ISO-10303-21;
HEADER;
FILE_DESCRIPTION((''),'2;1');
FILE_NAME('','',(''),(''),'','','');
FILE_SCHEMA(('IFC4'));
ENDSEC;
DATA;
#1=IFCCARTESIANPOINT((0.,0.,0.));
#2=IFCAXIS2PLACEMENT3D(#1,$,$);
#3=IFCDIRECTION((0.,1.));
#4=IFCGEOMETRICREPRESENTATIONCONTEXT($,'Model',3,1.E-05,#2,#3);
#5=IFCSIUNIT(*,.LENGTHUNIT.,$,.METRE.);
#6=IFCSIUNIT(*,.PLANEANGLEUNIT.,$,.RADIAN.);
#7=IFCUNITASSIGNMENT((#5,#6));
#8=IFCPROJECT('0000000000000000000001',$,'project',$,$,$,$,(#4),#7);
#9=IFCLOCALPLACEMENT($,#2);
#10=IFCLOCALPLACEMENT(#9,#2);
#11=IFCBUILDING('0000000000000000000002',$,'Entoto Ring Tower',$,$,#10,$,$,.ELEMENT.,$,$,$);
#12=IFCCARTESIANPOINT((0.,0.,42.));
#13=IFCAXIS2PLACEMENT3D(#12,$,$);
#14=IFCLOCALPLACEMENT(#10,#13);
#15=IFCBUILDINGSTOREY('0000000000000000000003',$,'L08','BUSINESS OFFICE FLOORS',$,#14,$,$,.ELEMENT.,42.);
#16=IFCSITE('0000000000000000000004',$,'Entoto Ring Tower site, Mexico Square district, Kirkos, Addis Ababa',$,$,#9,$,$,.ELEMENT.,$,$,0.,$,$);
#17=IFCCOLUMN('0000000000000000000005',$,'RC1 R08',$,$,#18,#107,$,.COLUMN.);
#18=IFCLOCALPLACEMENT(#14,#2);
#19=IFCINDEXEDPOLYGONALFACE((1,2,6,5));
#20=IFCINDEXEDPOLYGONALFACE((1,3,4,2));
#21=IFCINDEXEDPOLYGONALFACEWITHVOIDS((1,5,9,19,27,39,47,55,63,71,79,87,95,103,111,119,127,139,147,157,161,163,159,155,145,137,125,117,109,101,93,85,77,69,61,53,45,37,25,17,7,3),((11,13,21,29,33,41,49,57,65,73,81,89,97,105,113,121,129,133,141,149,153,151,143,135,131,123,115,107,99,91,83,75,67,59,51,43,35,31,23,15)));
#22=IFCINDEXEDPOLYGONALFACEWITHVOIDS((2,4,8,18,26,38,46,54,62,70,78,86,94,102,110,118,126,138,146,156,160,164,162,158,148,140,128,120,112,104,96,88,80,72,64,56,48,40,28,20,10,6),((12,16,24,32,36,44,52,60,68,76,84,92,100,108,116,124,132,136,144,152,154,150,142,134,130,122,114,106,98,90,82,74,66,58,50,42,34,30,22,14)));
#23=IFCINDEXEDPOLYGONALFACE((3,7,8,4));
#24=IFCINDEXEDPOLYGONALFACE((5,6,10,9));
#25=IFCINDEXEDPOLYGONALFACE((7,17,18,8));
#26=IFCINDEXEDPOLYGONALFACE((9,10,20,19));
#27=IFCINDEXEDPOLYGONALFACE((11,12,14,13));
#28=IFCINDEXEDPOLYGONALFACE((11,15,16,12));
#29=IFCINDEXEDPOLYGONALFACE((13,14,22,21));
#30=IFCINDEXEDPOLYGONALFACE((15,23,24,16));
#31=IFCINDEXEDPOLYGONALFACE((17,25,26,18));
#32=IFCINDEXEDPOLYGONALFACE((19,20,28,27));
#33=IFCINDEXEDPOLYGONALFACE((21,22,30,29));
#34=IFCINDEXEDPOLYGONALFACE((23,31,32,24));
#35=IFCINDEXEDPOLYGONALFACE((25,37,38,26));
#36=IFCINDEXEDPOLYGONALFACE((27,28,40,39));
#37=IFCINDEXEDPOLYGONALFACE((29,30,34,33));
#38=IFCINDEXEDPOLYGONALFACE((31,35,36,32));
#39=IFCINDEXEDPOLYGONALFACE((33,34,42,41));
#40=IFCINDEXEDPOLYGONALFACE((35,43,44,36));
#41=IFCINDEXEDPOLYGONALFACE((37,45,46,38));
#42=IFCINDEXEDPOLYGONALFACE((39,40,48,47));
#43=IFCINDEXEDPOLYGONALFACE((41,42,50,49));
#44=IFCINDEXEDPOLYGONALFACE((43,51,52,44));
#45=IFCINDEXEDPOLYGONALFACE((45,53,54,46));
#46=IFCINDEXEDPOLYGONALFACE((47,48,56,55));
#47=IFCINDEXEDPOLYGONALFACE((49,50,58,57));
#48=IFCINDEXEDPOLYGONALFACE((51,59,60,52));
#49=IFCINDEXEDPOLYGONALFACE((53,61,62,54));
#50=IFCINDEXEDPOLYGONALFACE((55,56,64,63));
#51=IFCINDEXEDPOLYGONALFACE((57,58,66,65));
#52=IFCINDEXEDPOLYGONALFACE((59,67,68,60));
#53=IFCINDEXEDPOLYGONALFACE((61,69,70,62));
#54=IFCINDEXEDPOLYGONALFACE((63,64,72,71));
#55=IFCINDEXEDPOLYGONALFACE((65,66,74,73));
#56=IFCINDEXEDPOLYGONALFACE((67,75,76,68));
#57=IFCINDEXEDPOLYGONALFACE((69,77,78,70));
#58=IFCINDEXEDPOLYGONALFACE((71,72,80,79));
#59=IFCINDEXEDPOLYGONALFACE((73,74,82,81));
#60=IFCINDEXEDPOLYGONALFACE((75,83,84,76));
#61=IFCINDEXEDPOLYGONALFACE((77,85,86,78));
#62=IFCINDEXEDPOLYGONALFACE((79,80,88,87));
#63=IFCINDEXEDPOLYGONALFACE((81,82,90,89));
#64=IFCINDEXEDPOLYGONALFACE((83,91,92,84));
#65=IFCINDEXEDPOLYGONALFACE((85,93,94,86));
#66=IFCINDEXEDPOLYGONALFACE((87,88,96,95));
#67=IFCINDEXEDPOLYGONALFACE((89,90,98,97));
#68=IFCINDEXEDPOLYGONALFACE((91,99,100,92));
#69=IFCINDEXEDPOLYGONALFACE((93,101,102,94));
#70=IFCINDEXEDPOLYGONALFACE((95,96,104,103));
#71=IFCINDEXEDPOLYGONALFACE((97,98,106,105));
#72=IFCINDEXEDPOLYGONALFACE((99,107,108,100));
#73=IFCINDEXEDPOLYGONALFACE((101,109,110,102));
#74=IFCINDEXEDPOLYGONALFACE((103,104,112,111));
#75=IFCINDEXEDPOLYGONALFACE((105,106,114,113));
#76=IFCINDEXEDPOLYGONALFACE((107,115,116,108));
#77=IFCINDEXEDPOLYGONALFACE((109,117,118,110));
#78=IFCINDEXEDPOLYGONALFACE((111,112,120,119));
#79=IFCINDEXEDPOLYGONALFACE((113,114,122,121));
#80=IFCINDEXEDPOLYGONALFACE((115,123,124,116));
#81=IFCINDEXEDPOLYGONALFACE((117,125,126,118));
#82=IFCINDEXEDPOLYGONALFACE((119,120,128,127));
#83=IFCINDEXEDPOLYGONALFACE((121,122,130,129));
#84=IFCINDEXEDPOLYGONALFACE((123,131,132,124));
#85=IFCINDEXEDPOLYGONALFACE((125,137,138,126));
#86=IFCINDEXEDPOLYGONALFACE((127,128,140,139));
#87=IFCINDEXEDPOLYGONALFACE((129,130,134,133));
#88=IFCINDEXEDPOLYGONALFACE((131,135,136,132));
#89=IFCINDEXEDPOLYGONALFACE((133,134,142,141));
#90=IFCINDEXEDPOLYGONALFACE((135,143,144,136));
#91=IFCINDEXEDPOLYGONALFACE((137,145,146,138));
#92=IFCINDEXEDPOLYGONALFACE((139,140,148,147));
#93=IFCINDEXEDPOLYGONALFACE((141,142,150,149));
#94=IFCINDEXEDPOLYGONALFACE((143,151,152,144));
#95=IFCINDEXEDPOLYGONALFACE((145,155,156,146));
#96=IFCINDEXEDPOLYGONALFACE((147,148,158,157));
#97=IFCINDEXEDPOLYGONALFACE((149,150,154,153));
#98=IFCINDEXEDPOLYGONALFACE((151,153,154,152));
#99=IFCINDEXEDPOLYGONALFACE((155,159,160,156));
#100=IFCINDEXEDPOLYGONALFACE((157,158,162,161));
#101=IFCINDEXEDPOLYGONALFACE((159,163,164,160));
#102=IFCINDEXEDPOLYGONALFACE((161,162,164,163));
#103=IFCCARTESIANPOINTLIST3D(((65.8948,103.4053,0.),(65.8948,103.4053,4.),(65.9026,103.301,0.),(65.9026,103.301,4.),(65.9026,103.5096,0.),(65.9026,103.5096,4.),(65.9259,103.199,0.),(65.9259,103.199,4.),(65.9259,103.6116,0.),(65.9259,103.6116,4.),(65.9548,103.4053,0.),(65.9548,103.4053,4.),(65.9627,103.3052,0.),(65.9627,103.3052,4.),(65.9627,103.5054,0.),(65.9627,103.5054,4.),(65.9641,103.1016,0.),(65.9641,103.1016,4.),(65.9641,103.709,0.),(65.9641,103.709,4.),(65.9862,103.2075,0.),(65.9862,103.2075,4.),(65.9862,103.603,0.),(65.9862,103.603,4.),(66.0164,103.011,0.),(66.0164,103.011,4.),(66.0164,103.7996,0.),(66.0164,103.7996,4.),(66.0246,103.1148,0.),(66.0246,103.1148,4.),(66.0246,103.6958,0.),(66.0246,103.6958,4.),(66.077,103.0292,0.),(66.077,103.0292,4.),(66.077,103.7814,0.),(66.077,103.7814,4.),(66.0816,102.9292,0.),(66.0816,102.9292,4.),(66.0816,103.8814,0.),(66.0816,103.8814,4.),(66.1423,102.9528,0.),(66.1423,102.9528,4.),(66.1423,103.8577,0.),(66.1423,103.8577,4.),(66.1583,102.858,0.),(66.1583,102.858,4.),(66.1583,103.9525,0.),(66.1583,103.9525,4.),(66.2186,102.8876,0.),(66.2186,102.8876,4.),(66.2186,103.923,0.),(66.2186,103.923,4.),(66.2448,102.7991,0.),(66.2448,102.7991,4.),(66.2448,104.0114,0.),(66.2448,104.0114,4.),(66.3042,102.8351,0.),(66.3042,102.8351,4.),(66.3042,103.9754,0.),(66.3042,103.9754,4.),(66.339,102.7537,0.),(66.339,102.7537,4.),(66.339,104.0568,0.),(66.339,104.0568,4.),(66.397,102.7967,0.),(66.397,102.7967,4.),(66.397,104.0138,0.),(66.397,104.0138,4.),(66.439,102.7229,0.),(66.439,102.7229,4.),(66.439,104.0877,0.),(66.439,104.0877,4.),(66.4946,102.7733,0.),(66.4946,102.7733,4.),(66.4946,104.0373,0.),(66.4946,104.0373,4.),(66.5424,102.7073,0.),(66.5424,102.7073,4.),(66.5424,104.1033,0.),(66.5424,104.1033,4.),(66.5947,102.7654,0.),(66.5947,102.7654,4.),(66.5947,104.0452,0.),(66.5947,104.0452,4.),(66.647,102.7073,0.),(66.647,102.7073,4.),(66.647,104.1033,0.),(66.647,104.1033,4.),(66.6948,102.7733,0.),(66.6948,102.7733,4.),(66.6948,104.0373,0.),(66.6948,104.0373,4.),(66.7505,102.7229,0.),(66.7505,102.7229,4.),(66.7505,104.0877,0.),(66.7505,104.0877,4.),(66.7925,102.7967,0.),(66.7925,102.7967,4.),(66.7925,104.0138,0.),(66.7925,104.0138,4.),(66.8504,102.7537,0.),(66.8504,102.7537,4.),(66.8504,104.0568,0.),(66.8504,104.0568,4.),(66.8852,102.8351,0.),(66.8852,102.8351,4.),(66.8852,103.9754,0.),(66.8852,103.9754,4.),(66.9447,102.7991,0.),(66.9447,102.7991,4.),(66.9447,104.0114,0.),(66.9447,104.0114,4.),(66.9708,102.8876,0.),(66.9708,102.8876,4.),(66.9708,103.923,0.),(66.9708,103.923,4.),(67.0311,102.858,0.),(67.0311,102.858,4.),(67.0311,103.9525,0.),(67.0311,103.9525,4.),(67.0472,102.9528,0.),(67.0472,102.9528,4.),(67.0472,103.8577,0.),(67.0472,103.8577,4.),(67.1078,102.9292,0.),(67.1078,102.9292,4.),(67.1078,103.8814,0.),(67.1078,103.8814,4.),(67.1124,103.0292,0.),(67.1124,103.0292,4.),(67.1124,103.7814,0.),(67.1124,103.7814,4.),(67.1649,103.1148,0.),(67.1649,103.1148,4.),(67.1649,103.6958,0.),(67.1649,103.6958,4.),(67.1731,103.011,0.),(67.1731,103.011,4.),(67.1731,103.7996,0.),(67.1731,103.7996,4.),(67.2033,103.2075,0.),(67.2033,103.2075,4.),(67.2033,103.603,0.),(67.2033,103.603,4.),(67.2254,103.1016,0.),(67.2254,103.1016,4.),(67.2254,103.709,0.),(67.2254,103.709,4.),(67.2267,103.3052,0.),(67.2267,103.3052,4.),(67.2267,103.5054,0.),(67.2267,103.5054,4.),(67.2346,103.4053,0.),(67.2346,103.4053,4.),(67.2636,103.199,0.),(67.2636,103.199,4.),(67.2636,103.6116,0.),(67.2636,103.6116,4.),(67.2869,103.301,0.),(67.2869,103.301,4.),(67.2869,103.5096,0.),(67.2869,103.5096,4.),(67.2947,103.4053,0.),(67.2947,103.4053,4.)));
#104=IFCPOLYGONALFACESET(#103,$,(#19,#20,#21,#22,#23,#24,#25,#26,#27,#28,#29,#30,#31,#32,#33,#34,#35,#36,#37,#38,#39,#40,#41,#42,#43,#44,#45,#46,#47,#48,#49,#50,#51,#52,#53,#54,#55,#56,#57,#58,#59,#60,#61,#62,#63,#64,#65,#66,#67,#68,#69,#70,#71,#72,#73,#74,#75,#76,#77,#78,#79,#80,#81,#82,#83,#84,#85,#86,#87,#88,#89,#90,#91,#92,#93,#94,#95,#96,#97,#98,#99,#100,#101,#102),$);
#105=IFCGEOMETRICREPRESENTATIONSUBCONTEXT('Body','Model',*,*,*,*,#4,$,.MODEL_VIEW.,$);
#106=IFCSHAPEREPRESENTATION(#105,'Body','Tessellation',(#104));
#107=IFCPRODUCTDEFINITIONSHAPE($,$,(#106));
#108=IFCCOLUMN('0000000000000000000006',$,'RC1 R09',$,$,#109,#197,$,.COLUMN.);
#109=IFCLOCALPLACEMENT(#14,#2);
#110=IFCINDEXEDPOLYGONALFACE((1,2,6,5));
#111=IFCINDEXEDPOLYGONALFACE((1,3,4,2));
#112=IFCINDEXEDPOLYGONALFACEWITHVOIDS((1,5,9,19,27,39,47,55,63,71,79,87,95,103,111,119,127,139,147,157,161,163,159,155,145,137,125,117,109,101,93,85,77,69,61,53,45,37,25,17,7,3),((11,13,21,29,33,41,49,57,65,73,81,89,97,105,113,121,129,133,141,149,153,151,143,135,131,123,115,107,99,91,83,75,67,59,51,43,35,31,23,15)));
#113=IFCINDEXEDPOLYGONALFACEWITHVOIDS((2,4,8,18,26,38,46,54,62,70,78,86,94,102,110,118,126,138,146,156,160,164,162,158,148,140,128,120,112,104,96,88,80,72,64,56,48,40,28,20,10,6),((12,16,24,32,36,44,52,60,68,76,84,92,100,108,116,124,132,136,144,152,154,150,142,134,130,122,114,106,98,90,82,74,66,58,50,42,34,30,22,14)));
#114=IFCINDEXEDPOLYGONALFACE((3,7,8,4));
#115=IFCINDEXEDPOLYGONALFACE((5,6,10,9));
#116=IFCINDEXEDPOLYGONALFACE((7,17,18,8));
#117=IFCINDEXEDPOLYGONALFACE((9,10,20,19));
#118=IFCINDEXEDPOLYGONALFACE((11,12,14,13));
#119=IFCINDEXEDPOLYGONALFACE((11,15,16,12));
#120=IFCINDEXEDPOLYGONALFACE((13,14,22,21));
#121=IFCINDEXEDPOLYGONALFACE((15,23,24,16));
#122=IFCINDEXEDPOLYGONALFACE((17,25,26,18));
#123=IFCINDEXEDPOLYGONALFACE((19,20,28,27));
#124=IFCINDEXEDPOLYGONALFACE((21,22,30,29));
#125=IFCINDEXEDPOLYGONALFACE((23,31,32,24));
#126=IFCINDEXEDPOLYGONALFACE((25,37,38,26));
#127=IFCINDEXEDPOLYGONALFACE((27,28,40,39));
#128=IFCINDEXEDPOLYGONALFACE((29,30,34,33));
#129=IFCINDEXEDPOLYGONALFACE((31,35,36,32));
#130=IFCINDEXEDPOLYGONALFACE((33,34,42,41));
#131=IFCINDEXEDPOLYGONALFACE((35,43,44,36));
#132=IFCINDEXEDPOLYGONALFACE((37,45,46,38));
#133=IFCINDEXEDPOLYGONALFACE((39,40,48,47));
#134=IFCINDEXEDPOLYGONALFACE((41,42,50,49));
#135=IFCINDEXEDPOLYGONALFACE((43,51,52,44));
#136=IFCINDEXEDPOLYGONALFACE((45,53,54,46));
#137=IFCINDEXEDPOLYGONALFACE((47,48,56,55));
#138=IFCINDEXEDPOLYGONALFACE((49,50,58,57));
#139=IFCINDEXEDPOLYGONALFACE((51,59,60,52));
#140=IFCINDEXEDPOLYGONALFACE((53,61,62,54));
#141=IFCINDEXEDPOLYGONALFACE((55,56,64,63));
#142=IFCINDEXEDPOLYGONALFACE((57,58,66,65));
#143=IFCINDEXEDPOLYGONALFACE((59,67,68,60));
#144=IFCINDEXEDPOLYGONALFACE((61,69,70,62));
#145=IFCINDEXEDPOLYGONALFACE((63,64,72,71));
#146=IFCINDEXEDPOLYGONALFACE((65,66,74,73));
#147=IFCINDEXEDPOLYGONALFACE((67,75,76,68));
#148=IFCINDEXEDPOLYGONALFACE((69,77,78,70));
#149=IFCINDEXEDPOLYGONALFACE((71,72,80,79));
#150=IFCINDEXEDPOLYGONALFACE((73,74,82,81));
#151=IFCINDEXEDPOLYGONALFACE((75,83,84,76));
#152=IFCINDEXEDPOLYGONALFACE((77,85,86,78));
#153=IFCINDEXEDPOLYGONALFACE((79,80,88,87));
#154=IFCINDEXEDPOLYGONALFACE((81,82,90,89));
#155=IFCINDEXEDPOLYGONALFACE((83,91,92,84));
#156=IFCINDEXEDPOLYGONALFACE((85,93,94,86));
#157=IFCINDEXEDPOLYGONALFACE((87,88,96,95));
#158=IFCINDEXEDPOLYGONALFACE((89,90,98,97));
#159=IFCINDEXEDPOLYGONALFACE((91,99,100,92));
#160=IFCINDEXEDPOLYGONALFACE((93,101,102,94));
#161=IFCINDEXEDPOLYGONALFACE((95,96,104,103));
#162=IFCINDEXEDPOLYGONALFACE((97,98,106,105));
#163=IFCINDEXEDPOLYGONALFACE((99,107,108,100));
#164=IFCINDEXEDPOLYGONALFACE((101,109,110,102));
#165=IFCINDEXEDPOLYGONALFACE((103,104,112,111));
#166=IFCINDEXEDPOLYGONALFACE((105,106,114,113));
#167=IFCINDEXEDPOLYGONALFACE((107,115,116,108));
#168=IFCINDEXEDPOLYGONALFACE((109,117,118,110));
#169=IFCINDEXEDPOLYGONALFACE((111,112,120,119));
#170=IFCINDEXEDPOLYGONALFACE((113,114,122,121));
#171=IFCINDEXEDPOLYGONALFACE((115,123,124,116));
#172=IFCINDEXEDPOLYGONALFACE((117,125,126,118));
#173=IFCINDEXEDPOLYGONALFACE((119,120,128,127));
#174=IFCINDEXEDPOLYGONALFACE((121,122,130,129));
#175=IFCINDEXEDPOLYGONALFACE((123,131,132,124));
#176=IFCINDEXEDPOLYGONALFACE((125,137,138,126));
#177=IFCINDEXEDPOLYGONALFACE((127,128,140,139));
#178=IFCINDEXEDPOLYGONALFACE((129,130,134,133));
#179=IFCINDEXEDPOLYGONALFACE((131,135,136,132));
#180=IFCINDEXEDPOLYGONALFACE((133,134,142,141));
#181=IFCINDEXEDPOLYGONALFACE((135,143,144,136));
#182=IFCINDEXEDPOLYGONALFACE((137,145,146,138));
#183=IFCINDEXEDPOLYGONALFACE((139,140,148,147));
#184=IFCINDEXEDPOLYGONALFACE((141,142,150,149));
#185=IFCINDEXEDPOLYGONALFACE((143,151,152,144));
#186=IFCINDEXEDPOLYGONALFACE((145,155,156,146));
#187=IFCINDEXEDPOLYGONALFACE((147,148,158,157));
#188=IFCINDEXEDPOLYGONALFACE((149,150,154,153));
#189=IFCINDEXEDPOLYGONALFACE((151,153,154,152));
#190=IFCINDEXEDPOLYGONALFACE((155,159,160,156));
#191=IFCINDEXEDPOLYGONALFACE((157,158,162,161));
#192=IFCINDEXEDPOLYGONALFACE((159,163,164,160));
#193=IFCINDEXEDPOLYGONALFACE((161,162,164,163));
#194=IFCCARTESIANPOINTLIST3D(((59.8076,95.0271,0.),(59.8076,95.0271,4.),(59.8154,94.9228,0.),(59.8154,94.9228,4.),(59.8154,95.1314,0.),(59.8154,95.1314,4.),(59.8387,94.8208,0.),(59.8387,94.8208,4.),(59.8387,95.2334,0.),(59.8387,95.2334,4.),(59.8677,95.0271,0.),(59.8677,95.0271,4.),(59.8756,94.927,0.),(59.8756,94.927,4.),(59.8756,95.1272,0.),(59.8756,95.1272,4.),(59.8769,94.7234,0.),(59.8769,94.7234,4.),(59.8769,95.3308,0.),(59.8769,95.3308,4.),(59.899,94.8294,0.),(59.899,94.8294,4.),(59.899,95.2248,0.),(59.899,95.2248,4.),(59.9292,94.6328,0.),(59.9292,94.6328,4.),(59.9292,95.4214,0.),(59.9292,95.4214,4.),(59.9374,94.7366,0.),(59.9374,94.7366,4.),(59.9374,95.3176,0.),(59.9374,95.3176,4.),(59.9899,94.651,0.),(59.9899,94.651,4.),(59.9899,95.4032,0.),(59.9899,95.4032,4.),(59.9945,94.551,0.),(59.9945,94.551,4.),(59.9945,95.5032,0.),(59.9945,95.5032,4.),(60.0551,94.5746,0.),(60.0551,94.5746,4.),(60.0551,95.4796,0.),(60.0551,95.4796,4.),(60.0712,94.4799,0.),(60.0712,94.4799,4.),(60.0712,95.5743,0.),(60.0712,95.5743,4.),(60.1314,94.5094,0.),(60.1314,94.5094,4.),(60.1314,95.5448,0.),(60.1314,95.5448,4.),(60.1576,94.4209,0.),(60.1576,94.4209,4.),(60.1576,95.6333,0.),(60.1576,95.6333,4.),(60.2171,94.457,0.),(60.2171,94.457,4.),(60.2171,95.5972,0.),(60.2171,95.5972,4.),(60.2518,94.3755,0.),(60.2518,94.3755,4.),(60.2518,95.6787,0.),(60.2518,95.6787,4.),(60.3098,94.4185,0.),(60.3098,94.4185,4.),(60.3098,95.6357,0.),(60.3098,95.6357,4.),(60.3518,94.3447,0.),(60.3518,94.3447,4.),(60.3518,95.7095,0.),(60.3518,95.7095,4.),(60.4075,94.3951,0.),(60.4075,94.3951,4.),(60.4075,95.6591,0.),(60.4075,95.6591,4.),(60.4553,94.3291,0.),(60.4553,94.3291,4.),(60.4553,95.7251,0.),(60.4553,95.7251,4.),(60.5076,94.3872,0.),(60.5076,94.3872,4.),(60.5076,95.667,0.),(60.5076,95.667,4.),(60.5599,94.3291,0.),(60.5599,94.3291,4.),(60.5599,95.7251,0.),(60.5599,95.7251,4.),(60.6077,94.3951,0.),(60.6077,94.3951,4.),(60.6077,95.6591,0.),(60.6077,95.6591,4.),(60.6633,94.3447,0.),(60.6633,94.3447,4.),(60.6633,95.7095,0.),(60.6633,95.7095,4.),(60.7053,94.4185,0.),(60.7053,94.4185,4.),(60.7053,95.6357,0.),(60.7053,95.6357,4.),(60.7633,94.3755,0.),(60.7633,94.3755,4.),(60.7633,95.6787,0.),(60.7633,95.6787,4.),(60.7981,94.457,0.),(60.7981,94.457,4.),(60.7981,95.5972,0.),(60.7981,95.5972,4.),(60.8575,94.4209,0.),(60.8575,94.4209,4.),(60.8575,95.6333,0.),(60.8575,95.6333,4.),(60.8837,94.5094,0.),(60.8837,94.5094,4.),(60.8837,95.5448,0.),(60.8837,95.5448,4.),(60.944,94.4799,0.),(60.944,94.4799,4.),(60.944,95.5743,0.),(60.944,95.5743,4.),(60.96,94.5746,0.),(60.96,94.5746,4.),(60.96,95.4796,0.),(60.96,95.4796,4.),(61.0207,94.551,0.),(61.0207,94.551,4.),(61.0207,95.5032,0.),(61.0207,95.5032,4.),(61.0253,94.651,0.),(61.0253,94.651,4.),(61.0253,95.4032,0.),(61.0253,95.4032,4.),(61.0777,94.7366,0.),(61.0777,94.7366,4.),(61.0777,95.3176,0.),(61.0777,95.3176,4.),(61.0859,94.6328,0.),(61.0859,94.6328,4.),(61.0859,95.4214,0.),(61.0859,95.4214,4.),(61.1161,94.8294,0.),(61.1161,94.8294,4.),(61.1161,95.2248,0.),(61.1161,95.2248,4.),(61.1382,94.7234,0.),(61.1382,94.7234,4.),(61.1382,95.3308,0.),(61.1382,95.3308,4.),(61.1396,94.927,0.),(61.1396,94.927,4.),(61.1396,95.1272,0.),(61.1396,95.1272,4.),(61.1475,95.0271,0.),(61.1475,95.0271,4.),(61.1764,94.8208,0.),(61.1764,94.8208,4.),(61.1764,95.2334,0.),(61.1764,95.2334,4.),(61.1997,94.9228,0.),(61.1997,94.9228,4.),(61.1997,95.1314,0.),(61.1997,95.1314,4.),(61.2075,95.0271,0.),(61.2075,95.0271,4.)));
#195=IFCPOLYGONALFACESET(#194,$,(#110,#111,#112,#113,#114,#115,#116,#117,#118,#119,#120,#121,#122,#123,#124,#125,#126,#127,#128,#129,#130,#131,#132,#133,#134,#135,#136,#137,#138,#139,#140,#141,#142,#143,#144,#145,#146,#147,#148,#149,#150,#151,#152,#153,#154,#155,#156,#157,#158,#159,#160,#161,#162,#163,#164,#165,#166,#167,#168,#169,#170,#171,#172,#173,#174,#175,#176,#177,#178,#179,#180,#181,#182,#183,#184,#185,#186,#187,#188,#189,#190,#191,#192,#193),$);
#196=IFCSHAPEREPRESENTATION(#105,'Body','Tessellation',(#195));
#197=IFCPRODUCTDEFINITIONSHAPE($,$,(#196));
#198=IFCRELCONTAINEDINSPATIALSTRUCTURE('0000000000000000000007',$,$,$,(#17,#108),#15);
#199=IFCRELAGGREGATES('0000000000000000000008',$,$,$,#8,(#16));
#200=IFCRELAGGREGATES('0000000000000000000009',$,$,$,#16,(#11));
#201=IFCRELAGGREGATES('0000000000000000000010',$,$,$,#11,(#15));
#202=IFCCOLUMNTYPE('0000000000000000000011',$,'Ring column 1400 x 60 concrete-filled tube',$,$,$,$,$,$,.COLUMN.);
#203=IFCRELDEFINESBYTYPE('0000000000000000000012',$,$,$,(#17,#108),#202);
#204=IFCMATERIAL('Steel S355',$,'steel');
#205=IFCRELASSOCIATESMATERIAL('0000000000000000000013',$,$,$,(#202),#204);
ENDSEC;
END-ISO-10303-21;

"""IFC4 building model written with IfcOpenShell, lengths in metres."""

from ifc_helpers import new_model, si_unit, direction, frame, origin, origin_2d, place, context, subcontext, project, spatial, circle, hollow_circle, extrude, material, material_profile, profile_set, type_object, element, save


model = new_model("IFC4")

# Units and contexts
model_context = context("Model", 3, precision=1e-05, world=origin(), true_north=direction((0.0, 1.0)))
body_context = subcontext(model_context, "Body", "Model", "MODEL_VIEW")
ifc_project = project(units=[si_unit("LENGTHUNIT", "METRE"), si_unit("PLANEANGLEUNIT", "RADIAN")], contexts=[model_context])

# Site, building, storey
site_placement = place(None, origin())
site = spatial("IfcSite", under=ifc_project, at=site_placement, Name="Entoto Ring Tower site, Mexico Square district, Kirkos, Addis Ababa", CompositionType="ELEMENT", RefElevation=0.0)
building_placement = place(site_placement, origin())
building = spatial("IfcBuilding", under=site, at=building_placement, Name="Entoto Ring Tower", CompositionType="ELEMENT")
storey_placement = place(building_placement, frame((0.0, 0.0, 42.0)))
storey = spatial("IfcBuildingStorey", under=building, at=storey_placement, Name="L08", Description="BUSINESS OFFICE FLOORS", CompositionType="ELEMENT", Elevation=42.0)

# Columns
ifc_material_1 = material(Name="Steel S355", Category="steel")
ifc_material_profile_1 = material_profile(ifc_material_1, hollow_circle(Radius=0.7, WallThickness=0.0601, at=origin_2d()), Name="CHS 1400 x 60")
ifc_material_2 = material(Name="Concrete C60/75", Category="concrete")
ifc_material_profile_2 = material_profile(ifc_material_2, circle(Radius=0.6399, at=origin_2d()), Name="Concrete C60/75 infill")
ifc_profile_set_1 = profile_set([ifc_material_profile_1, ifc_material_profile_2], Name="Steel S355")
column_type = type_object("IfcColumnType", Name="Ring column 1400 x 60 concrete-filled tube", PredefinedType="COLUMN", material=ifc_profile_set_1)
for number, where, z_axis, x_axis, name in (
    (1, (66.5947, 103.4053, 0.0), (0.0, 0.0, 1.0), (1.0, 0.0, 0.0), "RC1 R08"),
    (2, (60.5076, 95.0271, 0.0), (0.0, 0.0, 1.0), (1.0, 0.0, 0.0), "RC1 R09"),
):
    element("IfcColumn", number, at=place(storey_placement, frame(where, z_axis=z_axis, x_axis=x_axis)), inside=storey, type_object=column_type, Name=name, PredefinedType="COLUMN", context=body_context, shape_type="SweptSolid", body=[
        extrude(hollow_circle(Radius=0.7, WallThickness=0.0601, at=origin_2d()), origin(), (0.0, 0.0, 1.0), 4.0),
    ])

save(model, "model.ifc")
